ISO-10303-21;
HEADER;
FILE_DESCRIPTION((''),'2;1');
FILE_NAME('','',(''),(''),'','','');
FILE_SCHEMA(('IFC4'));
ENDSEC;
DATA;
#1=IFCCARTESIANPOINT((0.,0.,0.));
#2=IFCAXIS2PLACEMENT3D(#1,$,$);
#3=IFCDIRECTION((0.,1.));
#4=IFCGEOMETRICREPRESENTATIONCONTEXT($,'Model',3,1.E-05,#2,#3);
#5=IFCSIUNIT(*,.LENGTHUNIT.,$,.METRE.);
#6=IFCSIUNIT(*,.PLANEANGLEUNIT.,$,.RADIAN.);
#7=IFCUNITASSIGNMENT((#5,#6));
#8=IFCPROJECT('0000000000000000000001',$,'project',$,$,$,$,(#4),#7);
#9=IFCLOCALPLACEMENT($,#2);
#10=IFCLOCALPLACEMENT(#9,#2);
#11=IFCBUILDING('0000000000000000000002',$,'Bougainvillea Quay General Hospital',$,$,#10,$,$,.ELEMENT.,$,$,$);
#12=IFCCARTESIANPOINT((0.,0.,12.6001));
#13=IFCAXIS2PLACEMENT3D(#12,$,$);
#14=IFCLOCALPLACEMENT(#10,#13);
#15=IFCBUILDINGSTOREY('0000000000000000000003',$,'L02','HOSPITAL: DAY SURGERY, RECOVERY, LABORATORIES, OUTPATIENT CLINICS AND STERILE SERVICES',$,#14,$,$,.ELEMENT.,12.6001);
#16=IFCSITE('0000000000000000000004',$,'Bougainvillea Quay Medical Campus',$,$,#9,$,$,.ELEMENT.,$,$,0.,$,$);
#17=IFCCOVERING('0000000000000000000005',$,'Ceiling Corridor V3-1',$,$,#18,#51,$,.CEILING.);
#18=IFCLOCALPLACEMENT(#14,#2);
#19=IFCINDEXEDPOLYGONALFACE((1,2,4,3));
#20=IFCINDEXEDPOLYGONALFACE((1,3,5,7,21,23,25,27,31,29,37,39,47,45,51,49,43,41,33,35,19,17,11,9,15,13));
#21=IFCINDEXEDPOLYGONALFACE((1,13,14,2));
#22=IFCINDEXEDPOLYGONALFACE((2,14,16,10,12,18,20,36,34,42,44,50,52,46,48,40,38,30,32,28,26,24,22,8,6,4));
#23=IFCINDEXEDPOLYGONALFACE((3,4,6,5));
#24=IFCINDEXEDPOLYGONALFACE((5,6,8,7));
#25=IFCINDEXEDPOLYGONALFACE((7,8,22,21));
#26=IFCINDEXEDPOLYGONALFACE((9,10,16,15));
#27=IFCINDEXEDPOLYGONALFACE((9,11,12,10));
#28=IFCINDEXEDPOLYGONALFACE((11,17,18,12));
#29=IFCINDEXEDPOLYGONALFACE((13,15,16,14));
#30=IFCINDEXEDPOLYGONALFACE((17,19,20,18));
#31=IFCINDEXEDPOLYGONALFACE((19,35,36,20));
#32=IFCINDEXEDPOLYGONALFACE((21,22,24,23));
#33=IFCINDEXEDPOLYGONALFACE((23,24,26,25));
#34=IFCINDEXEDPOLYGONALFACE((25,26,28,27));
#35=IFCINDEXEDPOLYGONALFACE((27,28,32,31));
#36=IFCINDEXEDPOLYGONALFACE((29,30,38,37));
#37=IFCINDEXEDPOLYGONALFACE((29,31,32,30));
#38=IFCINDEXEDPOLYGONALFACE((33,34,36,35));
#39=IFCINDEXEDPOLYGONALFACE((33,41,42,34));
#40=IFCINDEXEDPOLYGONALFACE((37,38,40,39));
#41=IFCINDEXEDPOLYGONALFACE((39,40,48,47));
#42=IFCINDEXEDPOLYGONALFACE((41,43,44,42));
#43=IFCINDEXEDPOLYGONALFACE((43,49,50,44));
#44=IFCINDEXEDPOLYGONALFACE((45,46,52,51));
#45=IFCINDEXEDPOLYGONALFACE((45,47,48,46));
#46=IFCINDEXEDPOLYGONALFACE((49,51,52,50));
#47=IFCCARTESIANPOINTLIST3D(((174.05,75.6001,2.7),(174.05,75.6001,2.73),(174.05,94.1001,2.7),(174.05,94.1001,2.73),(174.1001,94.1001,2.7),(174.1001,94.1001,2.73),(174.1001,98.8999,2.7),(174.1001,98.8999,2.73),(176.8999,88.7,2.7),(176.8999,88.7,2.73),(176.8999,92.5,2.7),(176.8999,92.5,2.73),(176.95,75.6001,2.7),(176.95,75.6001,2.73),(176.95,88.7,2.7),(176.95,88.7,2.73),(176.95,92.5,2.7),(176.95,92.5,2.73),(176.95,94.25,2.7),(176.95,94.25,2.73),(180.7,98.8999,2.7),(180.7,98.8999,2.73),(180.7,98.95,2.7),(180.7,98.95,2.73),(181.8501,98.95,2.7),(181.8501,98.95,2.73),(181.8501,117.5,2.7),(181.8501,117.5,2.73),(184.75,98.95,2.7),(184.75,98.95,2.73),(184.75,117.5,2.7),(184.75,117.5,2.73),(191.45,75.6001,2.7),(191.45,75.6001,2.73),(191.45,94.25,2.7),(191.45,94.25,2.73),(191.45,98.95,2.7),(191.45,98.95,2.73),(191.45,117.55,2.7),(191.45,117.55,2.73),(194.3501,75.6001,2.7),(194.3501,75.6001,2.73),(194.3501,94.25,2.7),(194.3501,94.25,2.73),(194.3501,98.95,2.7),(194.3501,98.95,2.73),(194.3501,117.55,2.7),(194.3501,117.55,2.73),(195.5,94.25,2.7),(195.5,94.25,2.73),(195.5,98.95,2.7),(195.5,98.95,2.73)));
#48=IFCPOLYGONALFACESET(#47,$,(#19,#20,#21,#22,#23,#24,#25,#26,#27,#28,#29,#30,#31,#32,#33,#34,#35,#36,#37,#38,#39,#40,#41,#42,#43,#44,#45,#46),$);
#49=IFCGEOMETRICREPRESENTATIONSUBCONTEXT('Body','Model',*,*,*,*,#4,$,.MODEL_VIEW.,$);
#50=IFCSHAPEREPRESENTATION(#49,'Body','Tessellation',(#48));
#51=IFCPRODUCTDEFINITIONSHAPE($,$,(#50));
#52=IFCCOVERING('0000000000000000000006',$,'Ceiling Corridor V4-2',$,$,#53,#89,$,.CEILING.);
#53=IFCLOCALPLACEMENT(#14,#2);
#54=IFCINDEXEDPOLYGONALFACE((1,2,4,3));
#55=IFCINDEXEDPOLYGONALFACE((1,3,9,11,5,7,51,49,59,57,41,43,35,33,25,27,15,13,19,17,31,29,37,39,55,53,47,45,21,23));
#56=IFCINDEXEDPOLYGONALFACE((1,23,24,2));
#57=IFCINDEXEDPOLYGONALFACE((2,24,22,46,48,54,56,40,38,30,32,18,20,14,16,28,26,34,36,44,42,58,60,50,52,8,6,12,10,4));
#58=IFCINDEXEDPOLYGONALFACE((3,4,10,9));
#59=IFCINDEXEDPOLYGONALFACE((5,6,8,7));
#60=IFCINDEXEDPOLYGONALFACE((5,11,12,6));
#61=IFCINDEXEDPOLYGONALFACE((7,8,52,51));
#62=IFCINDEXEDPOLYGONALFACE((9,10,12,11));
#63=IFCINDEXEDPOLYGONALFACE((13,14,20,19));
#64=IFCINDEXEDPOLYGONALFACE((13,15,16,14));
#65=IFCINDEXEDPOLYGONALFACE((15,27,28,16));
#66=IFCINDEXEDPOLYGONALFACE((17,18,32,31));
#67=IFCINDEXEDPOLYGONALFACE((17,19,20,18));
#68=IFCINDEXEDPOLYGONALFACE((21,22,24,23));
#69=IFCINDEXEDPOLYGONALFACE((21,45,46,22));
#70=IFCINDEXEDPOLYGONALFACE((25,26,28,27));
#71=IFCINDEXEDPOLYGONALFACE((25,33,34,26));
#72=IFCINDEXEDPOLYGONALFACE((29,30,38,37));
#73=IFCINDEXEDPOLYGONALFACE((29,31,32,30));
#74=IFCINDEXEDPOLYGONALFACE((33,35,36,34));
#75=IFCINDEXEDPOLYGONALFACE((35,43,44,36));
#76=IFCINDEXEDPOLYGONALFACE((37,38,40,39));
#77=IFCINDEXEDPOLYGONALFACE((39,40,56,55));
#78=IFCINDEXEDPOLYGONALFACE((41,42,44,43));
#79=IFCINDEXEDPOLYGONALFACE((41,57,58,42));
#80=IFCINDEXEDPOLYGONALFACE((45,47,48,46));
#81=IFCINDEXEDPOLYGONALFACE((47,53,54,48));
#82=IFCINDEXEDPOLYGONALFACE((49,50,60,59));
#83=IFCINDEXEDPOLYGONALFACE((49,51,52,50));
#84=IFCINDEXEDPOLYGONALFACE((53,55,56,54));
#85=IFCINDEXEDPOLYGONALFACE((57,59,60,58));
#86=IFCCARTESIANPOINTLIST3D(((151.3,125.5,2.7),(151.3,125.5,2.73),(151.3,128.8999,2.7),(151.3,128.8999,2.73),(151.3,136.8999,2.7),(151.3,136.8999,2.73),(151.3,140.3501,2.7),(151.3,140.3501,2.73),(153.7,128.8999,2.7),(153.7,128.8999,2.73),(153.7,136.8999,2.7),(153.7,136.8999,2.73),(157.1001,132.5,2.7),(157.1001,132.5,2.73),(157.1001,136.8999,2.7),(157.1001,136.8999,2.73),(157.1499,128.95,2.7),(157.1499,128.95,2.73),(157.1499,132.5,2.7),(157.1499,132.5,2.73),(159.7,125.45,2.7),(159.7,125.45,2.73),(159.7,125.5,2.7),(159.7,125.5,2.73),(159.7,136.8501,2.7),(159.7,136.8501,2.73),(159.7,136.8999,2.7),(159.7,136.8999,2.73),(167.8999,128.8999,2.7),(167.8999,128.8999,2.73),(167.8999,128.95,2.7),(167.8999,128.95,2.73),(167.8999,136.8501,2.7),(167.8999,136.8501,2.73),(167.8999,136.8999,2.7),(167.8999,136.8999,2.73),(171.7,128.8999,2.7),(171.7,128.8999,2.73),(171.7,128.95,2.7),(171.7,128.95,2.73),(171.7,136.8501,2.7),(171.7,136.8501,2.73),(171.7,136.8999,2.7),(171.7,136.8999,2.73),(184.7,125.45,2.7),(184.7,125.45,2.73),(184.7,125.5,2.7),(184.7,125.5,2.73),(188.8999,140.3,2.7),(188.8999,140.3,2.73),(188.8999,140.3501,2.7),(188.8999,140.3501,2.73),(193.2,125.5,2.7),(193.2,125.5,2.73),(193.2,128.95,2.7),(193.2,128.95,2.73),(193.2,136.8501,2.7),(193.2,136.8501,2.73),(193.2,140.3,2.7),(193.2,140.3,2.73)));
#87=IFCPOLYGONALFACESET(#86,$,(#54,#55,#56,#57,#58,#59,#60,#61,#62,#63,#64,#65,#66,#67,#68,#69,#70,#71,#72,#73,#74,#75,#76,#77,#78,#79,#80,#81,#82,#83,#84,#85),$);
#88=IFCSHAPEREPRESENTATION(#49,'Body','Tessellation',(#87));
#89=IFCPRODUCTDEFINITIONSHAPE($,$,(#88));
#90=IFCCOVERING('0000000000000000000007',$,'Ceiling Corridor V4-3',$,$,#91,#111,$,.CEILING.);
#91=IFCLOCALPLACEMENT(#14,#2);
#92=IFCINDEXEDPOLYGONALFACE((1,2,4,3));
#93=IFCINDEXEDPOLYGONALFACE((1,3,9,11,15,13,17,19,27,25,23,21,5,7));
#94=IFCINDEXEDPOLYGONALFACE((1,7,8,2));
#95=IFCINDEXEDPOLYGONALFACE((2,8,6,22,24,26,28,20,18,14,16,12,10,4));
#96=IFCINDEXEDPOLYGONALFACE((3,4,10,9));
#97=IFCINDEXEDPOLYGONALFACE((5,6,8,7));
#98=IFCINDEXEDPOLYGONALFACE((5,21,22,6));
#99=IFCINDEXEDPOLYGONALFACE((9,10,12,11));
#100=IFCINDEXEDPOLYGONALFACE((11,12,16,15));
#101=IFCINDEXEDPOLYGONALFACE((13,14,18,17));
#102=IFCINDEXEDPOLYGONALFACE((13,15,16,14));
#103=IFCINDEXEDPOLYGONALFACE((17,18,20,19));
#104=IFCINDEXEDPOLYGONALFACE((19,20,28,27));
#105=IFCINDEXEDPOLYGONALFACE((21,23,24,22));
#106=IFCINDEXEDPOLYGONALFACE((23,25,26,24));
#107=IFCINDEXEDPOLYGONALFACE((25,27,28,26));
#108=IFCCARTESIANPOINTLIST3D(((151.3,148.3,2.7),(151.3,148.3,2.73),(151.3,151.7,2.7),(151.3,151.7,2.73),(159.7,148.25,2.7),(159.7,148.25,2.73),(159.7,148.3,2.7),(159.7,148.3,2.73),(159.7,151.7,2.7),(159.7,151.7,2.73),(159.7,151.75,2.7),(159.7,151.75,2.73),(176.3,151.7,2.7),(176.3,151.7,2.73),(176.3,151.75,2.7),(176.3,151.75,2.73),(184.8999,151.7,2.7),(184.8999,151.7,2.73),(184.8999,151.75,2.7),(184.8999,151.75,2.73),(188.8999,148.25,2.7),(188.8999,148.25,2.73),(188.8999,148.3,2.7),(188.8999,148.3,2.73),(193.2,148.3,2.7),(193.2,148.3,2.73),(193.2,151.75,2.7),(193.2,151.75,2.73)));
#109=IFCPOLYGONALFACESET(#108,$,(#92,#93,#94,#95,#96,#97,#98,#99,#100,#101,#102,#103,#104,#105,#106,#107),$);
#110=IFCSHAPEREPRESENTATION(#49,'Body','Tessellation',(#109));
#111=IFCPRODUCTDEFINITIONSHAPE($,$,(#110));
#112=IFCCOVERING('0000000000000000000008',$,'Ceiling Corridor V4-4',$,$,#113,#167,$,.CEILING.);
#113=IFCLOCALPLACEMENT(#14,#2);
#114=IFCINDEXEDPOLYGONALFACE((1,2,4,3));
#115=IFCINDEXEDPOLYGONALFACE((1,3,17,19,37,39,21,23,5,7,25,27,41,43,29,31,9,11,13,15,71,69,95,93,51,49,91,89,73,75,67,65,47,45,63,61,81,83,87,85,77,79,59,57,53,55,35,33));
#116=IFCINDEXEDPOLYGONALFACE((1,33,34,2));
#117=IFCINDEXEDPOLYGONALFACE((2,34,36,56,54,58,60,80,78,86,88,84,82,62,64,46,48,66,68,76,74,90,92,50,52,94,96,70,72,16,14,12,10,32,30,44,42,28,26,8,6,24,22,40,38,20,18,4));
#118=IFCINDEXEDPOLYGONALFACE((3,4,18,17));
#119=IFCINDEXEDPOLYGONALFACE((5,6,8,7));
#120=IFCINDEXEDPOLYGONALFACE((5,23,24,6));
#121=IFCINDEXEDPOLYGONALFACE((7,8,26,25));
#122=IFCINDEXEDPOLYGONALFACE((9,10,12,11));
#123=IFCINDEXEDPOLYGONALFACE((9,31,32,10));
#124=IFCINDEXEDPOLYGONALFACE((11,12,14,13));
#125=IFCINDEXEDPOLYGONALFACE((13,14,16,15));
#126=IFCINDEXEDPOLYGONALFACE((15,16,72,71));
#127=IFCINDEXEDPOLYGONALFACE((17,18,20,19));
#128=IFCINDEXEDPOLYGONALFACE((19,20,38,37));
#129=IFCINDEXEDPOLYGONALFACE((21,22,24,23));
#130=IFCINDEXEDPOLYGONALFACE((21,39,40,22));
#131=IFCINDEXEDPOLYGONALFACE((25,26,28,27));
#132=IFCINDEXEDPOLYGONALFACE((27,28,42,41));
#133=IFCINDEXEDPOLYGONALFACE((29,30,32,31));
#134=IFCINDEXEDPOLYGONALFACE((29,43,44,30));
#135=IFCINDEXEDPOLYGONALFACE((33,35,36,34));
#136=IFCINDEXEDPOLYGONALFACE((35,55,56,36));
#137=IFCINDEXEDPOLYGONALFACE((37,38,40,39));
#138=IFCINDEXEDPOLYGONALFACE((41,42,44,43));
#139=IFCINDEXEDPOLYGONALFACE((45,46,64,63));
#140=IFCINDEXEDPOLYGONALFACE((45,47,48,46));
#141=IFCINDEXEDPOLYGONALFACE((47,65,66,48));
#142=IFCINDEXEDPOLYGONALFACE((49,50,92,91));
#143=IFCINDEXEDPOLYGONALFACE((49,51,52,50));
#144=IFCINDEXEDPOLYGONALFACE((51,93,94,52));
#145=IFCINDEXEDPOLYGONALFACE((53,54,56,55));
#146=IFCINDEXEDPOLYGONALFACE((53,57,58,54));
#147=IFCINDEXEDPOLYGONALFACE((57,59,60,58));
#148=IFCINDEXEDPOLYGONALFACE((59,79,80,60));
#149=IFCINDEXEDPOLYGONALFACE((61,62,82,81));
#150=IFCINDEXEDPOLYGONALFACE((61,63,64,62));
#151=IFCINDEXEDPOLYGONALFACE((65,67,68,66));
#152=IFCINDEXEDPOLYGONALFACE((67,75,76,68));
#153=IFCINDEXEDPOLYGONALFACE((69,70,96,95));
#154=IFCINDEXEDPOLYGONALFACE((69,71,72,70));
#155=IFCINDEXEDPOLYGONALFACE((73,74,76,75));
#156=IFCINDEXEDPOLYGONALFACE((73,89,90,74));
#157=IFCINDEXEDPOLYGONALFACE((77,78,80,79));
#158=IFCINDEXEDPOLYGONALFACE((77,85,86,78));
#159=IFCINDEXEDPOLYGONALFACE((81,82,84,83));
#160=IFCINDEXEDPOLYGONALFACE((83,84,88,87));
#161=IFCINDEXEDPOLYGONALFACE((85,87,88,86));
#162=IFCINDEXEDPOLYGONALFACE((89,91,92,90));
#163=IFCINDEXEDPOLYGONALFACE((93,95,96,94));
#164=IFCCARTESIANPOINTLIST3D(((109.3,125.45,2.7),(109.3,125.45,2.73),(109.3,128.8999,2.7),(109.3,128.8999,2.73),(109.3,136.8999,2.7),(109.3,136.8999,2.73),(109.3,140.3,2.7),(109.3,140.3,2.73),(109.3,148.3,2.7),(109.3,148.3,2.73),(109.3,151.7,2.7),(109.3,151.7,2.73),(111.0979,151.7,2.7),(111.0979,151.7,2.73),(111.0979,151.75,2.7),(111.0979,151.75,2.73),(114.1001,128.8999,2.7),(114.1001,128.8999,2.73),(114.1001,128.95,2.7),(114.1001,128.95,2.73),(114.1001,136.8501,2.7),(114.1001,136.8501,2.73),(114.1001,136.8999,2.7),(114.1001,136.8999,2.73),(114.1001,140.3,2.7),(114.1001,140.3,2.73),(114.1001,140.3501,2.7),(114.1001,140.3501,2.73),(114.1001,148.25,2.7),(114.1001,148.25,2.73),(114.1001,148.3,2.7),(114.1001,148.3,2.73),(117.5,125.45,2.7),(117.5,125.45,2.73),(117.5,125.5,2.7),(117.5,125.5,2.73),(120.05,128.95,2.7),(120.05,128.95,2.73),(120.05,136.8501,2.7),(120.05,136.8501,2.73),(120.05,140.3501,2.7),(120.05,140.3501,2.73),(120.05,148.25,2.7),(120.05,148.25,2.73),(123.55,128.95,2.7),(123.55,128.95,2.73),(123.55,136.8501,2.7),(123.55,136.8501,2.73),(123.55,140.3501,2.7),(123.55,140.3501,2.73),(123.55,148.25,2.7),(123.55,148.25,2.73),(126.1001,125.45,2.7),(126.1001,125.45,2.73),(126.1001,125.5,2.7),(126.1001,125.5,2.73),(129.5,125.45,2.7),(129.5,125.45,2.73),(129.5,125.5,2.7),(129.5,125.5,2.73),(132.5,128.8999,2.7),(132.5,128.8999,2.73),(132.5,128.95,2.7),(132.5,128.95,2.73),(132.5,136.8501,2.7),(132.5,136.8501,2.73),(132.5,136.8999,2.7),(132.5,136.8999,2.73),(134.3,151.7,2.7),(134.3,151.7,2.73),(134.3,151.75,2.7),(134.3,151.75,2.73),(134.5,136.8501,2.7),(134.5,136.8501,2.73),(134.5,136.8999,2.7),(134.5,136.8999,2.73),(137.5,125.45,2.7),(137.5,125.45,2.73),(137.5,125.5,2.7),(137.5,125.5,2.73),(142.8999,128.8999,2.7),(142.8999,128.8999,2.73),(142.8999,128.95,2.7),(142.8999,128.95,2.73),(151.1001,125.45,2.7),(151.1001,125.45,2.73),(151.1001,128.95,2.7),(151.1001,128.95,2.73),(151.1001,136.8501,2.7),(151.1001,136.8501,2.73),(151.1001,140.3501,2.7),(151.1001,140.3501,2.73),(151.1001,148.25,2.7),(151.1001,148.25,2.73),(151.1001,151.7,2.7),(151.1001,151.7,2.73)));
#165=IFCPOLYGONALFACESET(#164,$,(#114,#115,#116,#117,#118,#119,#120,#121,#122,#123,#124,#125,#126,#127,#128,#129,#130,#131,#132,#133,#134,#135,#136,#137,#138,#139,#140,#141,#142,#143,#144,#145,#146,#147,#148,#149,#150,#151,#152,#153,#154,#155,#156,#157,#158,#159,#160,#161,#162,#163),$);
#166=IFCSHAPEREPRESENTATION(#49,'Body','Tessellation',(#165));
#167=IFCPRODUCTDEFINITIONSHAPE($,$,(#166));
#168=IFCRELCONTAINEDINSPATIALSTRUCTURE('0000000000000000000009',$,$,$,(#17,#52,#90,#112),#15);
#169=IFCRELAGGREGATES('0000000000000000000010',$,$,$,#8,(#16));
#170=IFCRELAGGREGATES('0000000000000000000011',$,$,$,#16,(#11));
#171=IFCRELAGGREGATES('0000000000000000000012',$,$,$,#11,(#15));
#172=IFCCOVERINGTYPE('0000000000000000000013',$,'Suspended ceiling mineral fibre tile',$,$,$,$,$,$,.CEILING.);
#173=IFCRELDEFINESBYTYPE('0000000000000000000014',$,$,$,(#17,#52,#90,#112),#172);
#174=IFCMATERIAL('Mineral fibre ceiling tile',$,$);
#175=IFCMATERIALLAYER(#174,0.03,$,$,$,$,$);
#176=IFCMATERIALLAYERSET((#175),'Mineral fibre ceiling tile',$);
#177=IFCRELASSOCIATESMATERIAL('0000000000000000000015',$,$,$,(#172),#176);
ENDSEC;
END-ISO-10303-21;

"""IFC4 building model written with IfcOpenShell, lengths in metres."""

from ifc_helpers import new_model, si_unit, direction, frame, origin, place, context, subcontext, project, spatial, polyline, outline, extrude, material, layer, layer_set, type_object, element, save


model = new_model("IFC4")

# Units and contexts
model_context = context("Model", 3, precision=1e-05, world=origin(), true_north=direction((0.0, 1.0)))
body_context = subcontext(model_context, "Body", "Model", "MODEL_VIEW")
ifc_project = project(units=[si_unit("LENGTHUNIT", "METRE"), si_unit("PLANEANGLEUNIT", "RADIAN")], contexts=[model_context])

# Site, building, storey
site_placement = place(None, origin())
site = spatial("IfcSite", under=ifc_project, at=site_placement, Name="Bougainvillea Quay Medical Campus", CompositionType="ELEMENT", RefElevation=0.0)
building_placement = place(site_placement, origin())
building = spatial("IfcBuilding", under=site, at=building_placement, Name="Bougainvillea Quay General Hospital", CompositionType="ELEMENT")
storey_placement = place(building_placement, frame((0.0, 0.0, 12.6001)))
storey = spatial("IfcBuildingStorey", under=building, at=storey_placement, Name="L02", Description="HOSPITAL: DAY SURGERY, RECOVERY, LABORATORIES, OUTPATIENT CLINICS AND STERILE SERVICES", CompositionType="ELEMENT", Elevation=12.6001)

# Coverings
ifc_material_1 = material(Name="Mineral fibre ceiling tile")
ifc_layer_1 = layer(ifc_material_1, 0.03)
ifc_layer_set_1 = layer_set([ifc_layer_1], Name="Mineral fibre ceiling tile")
covering_type = type_object("IfcCoveringType", Name="Suspended ceiling mineral fibre tile", PredefinedType="CEILING", material=ifc_layer_set_1)
covering_1_placement = place(storey_placement, frame((0.0, 0.0, 2.7)))
element("IfcCovering", 1, at=covering_1_placement, inside=storey, type_object=covering_type, Name="Ceiling Corridor V3-1", PredefinedType="CEILING", context=body_context, shape_type="SweptSolid", body=[
    extrude(outline(polyline([(194.3501, 75.6001), (194.3501, 94.25), (195.5, 94.25), (195.5, 98.95), (194.3501, 98.95), (194.3501, 117.55), (191.45, 117.55), (191.45, 98.95), (184.75, 98.95), (184.75, 117.5), (181.8501, 117.5), (181.8501, 98.95), (180.7, 98.95), (180.7, 98.8999), (174.1001, 98.8999), (174.1001, 94.1001), (174.05, 94.1001), (174.05, 75.6001), (176.95, 75.6001), (176.95, 88.7), (176.8999, 88.7), (176.8999, 92.5), (176.95, 92.5), (176.95, 94.25), (191.45, 94.25), (191.45, 75.6001), (194.3501, 75.6001)])), origin(), (0.0, 0.0, 1.0), 0.03),
])
covering_2_placement = place(storey_placement, frame((0.0, 0.0, 2.7)))
element("IfcCovering", 2, at=covering_2_placement, inside=storey, type_object=covering_type, Name="Ceiling Corridor V4-2", PredefinedType="CEILING", context=body_context, shape_type="SweptSolid", body=[
    extrude(outline(polyline([(193.2, 140.3), (188.8999, 140.3), (188.8999, 140.3501), (151.3, 140.3501), (151.3, 136.8999), (153.7, 136.8999), (153.7, 128.8999), (151.3, 128.8999), (151.3, 125.5), (159.7, 125.5), (159.7, 125.45), (184.7, 125.45), (184.7, 125.5), (193.2, 125.5), (193.2, 128.95), (171.7, 128.95), (171.7, 128.8999), (167.8999, 128.8999), (167.8999, 128.95), (157.1499, 128.95), (157.1499, 132.5), (157.1001, 132.5), (157.1001, 136.8999), (159.7, 136.8999), (159.7, 136.8501), (167.8999, 136.8501), (167.8999, 136.8999), (171.7, 136.8999), (171.7, 136.8501), (193.2, 136.8501), (193.2, 140.3)])), origin(), (0.0, 0.0, 1.0), 0.03),
])
covering_3_placement = place(storey_placement, frame((0.0, 0.0, 2.7)))
element("IfcCovering", 3, at=covering_3_placement, inside=storey, type_object=covering_type, Name="Ceiling Corridor V4-3", PredefinedType="CEILING", context=body_context, shape_type="SweptSolid", body=[
    extrude(outline(polyline([(193.2, 151.75), (184.8999, 151.75), (184.8999, 151.7), (176.3, 151.7), (176.3, 151.75), (159.7, 151.75), (159.7, 151.7), (151.3, 151.7), (151.3, 148.3), (159.7, 148.3), (159.7, 148.25), (188.8999, 148.25), (188.8999, 148.3), (193.2, 148.3), (193.2, 151.75)])), origin(), (0.0, 0.0, 1.0), 0.03),
])
covering_4_placement = place(storey_placement, frame((0.0, 0.0, 2.7)))
element("IfcCovering", 4, at=covering_4_placement, inside=storey, type_object=covering_type, Name="Ceiling Corridor V4-4", PredefinedType="CEILING", context=body_context, shape_type="SweptSolid", body=[
    extrude(outline(polyline([(111.0979, 151.75), (111.0979, 151.7), (109.3, 151.7), (109.3, 148.3), (114.1001, 148.3), (114.1001, 148.25), (120.05, 148.25), (120.05, 140.3501), (114.1001, 140.3501), (114.1001, 140.3), (109.3, 140.3), (109.3, 136.8999), (114.1001, 136.8999), (114.1001, 136.8501), (120.05, 136.8501), (120.05, 128.95), (114.1001, 128.95), (114.1001, 128.8999), (109.3, 128.8999), (109.3, 125.45), (117.5, 125.45), (117.5, 125.5), (126.1001, 125.5), (126.1001, 125.45), (129.5, 125.45), (129.5, 125.5), (137.5, 125.5), (137.5, 125.45), (151.1001, 125.45), (151.1001, 128.95), (142.8999, 128.95), (142.8999, 128.8999), (132.5, 128.8999), (132.5, 128.95), (123.55, 128.95), (123.55, 136.8501), (132.5, 136.8501), (132.5, 136.8999), (134.5, 136.8999), (134.5, 136.8501), (151.1001, 136.8501), (151.1001, 140.3501), (123.55, 140.3501), (123.55, 148.25), (151.1001, 148.25), (151.1001, 151.7), (134.3, 151.7), (134.3, 151.75), (111.0979, 151.75)])), origin(), (0.0, 0.0, 1.0), 0.03),
])

save(model, "model.ifc")
